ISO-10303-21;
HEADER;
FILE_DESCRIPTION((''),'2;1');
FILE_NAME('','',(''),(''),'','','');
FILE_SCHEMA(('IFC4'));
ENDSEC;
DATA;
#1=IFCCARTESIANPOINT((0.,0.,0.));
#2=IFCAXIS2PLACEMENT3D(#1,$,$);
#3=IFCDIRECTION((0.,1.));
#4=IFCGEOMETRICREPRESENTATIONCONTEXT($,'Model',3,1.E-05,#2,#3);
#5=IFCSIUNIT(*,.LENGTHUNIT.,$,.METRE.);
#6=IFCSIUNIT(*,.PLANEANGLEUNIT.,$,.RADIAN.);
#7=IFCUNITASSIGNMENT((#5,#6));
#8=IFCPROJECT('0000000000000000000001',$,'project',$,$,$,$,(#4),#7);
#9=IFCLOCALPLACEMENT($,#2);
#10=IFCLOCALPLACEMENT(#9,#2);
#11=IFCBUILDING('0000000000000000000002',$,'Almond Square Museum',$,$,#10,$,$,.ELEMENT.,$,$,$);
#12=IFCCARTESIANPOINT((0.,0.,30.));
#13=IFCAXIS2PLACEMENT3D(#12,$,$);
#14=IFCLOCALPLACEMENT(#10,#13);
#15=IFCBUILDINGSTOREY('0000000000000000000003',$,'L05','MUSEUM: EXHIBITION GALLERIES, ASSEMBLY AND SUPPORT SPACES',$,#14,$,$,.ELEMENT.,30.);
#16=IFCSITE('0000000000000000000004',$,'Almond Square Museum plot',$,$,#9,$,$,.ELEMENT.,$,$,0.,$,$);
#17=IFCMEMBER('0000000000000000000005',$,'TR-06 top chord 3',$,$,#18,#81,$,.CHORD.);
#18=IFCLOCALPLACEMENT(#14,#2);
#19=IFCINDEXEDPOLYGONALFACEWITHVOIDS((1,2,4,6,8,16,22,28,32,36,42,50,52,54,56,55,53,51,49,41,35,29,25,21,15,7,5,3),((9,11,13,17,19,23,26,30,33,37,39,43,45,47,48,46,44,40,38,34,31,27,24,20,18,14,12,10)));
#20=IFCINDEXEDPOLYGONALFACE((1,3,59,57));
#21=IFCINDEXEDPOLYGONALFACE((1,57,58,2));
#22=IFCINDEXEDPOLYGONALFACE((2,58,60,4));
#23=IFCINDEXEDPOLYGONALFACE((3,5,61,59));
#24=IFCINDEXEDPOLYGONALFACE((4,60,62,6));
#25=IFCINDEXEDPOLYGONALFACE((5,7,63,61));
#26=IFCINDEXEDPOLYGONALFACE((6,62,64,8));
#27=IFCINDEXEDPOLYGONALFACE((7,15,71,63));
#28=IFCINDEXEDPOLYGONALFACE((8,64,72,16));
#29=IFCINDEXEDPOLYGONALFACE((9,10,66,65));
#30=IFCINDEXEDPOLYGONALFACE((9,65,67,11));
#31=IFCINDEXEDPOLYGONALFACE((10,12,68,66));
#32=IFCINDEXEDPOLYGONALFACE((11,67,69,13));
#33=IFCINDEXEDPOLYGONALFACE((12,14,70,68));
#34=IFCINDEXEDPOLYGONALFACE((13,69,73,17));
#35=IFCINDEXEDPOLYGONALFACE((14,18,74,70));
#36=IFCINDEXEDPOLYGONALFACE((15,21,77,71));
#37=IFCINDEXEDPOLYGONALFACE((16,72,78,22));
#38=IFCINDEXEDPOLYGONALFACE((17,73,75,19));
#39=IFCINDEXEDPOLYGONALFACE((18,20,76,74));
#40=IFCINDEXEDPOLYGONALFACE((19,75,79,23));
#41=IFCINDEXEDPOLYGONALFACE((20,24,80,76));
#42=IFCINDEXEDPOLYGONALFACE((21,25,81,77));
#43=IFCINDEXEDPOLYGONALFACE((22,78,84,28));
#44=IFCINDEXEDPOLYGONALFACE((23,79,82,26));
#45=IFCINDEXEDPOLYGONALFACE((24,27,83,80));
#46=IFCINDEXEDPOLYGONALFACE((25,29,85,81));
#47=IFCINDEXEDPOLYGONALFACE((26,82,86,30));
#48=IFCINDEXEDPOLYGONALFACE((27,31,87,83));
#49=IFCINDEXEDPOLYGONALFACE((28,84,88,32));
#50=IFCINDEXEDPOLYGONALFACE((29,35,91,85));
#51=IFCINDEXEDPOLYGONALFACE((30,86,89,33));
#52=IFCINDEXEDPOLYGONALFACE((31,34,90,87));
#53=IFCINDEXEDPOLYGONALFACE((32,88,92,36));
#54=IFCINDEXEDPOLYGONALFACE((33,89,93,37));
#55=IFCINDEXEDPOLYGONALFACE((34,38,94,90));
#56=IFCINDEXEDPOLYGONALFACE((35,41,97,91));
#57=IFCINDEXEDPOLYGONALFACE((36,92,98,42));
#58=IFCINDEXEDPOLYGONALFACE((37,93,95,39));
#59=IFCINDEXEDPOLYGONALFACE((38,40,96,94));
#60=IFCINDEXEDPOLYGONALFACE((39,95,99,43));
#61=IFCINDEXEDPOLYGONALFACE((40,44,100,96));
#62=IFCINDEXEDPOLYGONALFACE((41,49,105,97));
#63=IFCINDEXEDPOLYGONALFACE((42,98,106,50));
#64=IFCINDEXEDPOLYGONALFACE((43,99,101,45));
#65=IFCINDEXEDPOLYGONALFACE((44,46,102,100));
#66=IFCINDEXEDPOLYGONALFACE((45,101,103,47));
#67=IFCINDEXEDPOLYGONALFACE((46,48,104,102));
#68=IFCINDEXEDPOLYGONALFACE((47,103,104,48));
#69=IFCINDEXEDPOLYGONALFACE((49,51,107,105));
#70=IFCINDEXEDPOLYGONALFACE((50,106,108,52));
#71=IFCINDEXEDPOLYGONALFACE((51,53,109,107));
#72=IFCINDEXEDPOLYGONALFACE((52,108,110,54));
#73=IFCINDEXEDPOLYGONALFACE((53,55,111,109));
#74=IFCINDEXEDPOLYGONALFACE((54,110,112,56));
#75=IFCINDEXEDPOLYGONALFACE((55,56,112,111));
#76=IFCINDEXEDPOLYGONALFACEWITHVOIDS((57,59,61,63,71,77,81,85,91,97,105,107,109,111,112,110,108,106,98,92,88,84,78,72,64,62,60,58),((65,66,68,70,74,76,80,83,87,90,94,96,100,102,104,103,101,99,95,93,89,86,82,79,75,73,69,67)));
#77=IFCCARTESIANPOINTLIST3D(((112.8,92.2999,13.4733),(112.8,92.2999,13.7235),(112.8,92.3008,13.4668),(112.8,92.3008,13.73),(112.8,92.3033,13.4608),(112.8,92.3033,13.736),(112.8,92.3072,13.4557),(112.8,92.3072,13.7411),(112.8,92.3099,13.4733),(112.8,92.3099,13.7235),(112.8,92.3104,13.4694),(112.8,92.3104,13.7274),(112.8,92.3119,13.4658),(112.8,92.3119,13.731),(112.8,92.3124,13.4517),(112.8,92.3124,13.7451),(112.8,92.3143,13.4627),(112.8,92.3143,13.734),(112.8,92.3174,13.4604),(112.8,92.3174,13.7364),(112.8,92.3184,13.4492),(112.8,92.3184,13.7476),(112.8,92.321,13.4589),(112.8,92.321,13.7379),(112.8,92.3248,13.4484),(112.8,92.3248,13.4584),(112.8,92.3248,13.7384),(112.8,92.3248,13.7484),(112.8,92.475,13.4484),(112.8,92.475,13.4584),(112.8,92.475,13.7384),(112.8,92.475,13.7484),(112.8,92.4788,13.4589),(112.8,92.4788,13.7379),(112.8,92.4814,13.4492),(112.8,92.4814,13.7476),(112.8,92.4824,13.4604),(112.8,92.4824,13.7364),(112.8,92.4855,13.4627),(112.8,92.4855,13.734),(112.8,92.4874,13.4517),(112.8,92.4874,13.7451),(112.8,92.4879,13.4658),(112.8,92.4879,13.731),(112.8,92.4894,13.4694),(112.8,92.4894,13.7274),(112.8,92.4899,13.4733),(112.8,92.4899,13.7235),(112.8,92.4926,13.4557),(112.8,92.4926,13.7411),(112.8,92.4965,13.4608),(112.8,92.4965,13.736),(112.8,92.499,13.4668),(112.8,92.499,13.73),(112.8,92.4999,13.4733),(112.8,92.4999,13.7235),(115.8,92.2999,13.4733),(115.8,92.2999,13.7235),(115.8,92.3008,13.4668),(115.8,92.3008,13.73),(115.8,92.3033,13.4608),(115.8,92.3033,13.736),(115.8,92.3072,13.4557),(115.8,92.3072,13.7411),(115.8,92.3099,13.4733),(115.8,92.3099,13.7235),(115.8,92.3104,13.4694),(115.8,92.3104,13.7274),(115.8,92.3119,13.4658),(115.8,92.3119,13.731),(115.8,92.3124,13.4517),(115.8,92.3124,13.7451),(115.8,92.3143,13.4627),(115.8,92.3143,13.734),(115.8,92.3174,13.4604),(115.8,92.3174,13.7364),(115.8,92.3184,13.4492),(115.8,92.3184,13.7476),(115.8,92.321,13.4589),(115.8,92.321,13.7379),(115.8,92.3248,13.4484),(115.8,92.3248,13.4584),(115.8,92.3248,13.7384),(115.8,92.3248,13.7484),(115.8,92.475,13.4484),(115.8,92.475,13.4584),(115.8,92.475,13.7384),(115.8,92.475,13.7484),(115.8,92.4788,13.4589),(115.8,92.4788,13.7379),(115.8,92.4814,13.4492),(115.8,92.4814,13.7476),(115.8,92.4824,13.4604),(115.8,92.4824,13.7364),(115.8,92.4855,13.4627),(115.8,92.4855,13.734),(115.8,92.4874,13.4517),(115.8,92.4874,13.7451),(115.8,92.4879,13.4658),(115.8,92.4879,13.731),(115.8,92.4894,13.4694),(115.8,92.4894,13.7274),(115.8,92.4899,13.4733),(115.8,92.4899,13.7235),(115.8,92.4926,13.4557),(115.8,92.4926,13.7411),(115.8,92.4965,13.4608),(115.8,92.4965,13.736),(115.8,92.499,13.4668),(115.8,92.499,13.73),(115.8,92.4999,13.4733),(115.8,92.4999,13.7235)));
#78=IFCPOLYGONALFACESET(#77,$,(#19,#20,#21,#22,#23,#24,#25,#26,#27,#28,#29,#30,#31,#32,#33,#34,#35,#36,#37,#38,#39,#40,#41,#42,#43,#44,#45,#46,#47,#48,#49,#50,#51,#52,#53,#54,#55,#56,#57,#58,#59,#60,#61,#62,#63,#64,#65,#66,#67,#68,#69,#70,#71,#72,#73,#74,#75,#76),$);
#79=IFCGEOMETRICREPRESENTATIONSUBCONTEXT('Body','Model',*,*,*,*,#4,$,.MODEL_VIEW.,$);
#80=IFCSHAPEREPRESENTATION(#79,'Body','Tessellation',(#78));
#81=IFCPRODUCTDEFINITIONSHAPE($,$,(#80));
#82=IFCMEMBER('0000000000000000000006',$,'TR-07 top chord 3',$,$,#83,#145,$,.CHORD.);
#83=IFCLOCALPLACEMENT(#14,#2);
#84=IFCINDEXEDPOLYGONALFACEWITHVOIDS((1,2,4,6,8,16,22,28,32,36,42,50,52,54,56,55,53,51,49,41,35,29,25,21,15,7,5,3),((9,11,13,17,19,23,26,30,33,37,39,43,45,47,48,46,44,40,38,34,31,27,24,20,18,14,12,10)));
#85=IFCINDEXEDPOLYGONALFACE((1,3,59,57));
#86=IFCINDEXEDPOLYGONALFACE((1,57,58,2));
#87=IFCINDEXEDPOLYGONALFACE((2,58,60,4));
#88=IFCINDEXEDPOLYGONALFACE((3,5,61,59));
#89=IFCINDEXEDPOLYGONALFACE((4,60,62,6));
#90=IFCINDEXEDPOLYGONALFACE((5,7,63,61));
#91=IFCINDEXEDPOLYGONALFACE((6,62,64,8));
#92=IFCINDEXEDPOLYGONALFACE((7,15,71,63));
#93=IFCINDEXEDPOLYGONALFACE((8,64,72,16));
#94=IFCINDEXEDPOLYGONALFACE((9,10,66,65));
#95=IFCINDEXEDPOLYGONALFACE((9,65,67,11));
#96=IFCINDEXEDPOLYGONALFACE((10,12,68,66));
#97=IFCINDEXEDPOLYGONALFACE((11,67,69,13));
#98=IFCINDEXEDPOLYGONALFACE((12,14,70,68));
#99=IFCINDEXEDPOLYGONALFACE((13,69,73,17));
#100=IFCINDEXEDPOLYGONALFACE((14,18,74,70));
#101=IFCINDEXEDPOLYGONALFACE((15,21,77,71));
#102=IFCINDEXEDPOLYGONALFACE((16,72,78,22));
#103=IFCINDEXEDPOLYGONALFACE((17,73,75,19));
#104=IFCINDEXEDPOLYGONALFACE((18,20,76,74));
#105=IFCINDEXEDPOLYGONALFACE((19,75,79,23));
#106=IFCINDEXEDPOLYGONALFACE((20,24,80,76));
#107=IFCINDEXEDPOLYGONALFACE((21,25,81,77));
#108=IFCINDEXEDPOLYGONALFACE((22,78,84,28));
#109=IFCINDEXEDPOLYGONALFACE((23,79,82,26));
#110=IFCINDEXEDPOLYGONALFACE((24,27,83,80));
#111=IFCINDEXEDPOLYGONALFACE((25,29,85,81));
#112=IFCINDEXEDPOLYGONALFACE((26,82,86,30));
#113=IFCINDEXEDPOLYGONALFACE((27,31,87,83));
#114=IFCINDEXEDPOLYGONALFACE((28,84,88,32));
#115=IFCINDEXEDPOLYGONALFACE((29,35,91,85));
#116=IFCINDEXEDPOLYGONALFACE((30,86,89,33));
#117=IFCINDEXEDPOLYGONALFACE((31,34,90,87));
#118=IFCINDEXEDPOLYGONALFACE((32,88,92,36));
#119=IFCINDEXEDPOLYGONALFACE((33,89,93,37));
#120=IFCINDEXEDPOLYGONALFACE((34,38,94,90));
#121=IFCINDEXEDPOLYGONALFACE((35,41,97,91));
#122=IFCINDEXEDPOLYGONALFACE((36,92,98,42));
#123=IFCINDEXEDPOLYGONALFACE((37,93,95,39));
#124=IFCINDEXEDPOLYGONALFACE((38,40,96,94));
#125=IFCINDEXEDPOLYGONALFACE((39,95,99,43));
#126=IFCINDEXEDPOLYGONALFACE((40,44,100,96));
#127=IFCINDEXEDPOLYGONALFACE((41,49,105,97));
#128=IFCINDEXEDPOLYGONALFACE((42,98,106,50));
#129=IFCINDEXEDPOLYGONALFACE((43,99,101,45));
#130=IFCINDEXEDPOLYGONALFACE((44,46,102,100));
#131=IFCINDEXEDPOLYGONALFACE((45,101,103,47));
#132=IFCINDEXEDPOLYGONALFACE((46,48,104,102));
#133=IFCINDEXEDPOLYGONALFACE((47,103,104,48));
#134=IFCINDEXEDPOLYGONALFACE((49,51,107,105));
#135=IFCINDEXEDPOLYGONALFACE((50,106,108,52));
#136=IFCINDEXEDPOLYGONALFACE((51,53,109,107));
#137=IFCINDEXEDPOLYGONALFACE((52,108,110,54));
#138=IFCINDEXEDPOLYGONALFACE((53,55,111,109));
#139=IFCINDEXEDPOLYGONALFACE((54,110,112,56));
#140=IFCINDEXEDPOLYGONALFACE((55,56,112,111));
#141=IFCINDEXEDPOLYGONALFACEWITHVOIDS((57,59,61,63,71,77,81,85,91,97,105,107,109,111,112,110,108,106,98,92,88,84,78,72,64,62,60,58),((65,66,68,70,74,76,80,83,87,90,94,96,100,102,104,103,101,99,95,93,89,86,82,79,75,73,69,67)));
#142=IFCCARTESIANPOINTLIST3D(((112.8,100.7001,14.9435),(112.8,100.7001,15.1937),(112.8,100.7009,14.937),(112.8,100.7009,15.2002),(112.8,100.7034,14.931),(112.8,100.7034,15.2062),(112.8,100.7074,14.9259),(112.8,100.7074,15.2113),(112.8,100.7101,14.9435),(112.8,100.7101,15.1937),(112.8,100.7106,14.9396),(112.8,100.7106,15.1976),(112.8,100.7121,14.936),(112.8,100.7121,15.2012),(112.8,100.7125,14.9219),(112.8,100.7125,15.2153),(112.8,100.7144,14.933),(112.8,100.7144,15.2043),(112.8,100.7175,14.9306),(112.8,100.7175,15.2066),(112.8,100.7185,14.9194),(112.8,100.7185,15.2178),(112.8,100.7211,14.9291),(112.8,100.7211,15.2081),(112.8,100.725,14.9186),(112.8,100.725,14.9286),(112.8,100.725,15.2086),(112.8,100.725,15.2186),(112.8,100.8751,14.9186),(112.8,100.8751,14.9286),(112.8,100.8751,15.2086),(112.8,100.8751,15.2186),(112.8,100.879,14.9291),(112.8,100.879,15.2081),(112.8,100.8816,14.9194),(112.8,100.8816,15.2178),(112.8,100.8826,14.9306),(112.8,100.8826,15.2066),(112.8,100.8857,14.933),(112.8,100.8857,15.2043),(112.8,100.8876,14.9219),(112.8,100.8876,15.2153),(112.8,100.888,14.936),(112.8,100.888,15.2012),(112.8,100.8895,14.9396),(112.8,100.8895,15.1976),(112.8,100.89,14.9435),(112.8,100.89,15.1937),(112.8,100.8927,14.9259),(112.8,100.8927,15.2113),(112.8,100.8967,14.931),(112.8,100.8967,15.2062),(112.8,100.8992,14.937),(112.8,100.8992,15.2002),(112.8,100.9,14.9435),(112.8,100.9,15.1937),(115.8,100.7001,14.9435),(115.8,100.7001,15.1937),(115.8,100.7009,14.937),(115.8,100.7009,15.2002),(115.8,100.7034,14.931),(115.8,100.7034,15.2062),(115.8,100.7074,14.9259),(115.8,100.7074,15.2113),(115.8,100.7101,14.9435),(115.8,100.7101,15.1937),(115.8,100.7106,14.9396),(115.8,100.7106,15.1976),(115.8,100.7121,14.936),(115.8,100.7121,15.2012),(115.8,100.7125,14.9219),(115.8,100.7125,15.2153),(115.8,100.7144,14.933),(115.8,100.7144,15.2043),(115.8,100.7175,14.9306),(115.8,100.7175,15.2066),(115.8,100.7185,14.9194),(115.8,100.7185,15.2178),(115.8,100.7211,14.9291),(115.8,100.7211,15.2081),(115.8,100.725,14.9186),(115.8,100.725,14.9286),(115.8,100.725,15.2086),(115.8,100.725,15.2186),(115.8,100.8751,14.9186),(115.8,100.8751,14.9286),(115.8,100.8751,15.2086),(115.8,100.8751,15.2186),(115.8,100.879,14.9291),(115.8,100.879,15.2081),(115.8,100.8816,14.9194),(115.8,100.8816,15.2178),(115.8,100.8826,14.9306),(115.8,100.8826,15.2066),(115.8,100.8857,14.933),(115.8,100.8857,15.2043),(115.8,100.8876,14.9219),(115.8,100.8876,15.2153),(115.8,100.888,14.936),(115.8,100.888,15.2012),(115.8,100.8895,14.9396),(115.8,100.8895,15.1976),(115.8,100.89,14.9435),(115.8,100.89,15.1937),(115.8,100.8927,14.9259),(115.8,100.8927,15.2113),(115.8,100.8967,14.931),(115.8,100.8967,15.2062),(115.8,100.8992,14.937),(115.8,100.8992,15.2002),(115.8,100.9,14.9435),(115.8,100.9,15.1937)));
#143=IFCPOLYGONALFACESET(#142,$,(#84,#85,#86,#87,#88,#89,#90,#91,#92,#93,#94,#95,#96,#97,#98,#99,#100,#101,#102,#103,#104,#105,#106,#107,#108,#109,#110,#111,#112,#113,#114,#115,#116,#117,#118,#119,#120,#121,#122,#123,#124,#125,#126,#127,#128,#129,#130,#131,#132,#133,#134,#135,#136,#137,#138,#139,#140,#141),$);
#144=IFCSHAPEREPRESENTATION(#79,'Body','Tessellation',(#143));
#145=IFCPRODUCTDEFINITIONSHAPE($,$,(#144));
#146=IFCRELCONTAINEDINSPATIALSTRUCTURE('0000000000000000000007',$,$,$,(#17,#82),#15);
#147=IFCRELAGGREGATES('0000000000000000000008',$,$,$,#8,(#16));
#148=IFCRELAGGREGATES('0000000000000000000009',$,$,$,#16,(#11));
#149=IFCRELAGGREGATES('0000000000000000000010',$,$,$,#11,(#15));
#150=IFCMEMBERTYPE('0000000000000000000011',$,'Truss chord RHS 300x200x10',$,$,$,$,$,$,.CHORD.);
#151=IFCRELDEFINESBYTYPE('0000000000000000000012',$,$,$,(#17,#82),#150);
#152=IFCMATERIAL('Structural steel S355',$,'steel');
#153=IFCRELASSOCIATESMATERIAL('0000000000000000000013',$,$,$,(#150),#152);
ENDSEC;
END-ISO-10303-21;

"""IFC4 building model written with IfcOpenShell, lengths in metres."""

from ifc_helpers import new_model, si_unit, direction, frame, origin, origin_2d, place, context, subcontext, project, spatial, hollow_rectangle, extrude, material, material_profile, profile_set, type_object, element, save


model = new_model("IFC4")

# Units and contexts
model_context = context("Model", 3, precision=1e-05, world=origin(), true_north=direction((0.0, 1.0)))
body_context = subcontext(model_context, "Body", "Model", "MODEL_VIEW")
ifc_project = project(units=[si_unit("LENGTHUNIT", "METRE"), si_unit("PLANEANGLEUNIT", "RADIAN")], contexts=[model_context])

# Site, building, storey
site_placement = place(None, origin())
site = spatial("IfcSite", under=ifc_project, at=site_placement, Name="Almond Square Museum plot", CompositionType="ELEMENT", RefElevation=0.0)
building_placement = place(site_placement, origin())
building = spatial("IfcBuilding", under=site, at=building_placement, Name="Almond Square Museum", CompositionType="ELEMENT")
storey_placement = place(building_placement, frame((0.0, 0.0, 30.0)))
storey = spatial("IfcBuildingStorey", under=building, at=storey_placement, Name="L05", Description="MUSEUM: EXHIBITION GALLERIES, ASSEMBLY AND SUPPORT SPACES", CompositionType="ELEMENT", Elevation=30.0)

# Members
ifc_material_1 = material(Name="Structural steel S355", Category="steel")
ifc_material_profile_1 = material_profile(ifc_material_1, hollow_rectangle(XDim=0.2, YDim=0.3, WallThickness=0.01, InnerFilletRadius=0.0149, OuterFilletRadius=0.0249, at=origin_2d()))
ifc_profile_set_1 = profile_set([ifc_material_profile_1], Name="Structural steel S355")
member_type_1 = type_object("IfcMemberType", Name="Truss chord RHS 300x200x10", PredefinedType="CHORD", material=ifc_profile_set_1)
for number, where, z_axis, x_axis, name in (
    (1, (112.8, 92.3999, 13.5984), (1.0, 0.0, 0.0), (0.0, 1.0, 0.0), "TR-06 top chord 3"),
    (2, (112.8, 100.8, 15.0686), (1.0, 0.0, 0.0), (0.0, 1.0, 0.0), "TR-07 top chord 3"),
):
    element("IfcMember", number, at=place(storey_placement, frame(where, z_axis=z_axis, x_axis=x_axis)), inside=storey, type_object=member_type_1, Name=name, PredefinedType="CHORD", context=body_context, shape_type="SweptSolid", body=[
        extrude(hollow_rectangle(XDim=0.2, YDim=0.3, WallThickness=0.01, InnerFilletRadius=0.0149, OuterFilletRadius=0.0249, at=origin_2d()), origin(), (0.0, 0.0, 1.0), 3.0),
    ])

save(model, "model.ifc")
